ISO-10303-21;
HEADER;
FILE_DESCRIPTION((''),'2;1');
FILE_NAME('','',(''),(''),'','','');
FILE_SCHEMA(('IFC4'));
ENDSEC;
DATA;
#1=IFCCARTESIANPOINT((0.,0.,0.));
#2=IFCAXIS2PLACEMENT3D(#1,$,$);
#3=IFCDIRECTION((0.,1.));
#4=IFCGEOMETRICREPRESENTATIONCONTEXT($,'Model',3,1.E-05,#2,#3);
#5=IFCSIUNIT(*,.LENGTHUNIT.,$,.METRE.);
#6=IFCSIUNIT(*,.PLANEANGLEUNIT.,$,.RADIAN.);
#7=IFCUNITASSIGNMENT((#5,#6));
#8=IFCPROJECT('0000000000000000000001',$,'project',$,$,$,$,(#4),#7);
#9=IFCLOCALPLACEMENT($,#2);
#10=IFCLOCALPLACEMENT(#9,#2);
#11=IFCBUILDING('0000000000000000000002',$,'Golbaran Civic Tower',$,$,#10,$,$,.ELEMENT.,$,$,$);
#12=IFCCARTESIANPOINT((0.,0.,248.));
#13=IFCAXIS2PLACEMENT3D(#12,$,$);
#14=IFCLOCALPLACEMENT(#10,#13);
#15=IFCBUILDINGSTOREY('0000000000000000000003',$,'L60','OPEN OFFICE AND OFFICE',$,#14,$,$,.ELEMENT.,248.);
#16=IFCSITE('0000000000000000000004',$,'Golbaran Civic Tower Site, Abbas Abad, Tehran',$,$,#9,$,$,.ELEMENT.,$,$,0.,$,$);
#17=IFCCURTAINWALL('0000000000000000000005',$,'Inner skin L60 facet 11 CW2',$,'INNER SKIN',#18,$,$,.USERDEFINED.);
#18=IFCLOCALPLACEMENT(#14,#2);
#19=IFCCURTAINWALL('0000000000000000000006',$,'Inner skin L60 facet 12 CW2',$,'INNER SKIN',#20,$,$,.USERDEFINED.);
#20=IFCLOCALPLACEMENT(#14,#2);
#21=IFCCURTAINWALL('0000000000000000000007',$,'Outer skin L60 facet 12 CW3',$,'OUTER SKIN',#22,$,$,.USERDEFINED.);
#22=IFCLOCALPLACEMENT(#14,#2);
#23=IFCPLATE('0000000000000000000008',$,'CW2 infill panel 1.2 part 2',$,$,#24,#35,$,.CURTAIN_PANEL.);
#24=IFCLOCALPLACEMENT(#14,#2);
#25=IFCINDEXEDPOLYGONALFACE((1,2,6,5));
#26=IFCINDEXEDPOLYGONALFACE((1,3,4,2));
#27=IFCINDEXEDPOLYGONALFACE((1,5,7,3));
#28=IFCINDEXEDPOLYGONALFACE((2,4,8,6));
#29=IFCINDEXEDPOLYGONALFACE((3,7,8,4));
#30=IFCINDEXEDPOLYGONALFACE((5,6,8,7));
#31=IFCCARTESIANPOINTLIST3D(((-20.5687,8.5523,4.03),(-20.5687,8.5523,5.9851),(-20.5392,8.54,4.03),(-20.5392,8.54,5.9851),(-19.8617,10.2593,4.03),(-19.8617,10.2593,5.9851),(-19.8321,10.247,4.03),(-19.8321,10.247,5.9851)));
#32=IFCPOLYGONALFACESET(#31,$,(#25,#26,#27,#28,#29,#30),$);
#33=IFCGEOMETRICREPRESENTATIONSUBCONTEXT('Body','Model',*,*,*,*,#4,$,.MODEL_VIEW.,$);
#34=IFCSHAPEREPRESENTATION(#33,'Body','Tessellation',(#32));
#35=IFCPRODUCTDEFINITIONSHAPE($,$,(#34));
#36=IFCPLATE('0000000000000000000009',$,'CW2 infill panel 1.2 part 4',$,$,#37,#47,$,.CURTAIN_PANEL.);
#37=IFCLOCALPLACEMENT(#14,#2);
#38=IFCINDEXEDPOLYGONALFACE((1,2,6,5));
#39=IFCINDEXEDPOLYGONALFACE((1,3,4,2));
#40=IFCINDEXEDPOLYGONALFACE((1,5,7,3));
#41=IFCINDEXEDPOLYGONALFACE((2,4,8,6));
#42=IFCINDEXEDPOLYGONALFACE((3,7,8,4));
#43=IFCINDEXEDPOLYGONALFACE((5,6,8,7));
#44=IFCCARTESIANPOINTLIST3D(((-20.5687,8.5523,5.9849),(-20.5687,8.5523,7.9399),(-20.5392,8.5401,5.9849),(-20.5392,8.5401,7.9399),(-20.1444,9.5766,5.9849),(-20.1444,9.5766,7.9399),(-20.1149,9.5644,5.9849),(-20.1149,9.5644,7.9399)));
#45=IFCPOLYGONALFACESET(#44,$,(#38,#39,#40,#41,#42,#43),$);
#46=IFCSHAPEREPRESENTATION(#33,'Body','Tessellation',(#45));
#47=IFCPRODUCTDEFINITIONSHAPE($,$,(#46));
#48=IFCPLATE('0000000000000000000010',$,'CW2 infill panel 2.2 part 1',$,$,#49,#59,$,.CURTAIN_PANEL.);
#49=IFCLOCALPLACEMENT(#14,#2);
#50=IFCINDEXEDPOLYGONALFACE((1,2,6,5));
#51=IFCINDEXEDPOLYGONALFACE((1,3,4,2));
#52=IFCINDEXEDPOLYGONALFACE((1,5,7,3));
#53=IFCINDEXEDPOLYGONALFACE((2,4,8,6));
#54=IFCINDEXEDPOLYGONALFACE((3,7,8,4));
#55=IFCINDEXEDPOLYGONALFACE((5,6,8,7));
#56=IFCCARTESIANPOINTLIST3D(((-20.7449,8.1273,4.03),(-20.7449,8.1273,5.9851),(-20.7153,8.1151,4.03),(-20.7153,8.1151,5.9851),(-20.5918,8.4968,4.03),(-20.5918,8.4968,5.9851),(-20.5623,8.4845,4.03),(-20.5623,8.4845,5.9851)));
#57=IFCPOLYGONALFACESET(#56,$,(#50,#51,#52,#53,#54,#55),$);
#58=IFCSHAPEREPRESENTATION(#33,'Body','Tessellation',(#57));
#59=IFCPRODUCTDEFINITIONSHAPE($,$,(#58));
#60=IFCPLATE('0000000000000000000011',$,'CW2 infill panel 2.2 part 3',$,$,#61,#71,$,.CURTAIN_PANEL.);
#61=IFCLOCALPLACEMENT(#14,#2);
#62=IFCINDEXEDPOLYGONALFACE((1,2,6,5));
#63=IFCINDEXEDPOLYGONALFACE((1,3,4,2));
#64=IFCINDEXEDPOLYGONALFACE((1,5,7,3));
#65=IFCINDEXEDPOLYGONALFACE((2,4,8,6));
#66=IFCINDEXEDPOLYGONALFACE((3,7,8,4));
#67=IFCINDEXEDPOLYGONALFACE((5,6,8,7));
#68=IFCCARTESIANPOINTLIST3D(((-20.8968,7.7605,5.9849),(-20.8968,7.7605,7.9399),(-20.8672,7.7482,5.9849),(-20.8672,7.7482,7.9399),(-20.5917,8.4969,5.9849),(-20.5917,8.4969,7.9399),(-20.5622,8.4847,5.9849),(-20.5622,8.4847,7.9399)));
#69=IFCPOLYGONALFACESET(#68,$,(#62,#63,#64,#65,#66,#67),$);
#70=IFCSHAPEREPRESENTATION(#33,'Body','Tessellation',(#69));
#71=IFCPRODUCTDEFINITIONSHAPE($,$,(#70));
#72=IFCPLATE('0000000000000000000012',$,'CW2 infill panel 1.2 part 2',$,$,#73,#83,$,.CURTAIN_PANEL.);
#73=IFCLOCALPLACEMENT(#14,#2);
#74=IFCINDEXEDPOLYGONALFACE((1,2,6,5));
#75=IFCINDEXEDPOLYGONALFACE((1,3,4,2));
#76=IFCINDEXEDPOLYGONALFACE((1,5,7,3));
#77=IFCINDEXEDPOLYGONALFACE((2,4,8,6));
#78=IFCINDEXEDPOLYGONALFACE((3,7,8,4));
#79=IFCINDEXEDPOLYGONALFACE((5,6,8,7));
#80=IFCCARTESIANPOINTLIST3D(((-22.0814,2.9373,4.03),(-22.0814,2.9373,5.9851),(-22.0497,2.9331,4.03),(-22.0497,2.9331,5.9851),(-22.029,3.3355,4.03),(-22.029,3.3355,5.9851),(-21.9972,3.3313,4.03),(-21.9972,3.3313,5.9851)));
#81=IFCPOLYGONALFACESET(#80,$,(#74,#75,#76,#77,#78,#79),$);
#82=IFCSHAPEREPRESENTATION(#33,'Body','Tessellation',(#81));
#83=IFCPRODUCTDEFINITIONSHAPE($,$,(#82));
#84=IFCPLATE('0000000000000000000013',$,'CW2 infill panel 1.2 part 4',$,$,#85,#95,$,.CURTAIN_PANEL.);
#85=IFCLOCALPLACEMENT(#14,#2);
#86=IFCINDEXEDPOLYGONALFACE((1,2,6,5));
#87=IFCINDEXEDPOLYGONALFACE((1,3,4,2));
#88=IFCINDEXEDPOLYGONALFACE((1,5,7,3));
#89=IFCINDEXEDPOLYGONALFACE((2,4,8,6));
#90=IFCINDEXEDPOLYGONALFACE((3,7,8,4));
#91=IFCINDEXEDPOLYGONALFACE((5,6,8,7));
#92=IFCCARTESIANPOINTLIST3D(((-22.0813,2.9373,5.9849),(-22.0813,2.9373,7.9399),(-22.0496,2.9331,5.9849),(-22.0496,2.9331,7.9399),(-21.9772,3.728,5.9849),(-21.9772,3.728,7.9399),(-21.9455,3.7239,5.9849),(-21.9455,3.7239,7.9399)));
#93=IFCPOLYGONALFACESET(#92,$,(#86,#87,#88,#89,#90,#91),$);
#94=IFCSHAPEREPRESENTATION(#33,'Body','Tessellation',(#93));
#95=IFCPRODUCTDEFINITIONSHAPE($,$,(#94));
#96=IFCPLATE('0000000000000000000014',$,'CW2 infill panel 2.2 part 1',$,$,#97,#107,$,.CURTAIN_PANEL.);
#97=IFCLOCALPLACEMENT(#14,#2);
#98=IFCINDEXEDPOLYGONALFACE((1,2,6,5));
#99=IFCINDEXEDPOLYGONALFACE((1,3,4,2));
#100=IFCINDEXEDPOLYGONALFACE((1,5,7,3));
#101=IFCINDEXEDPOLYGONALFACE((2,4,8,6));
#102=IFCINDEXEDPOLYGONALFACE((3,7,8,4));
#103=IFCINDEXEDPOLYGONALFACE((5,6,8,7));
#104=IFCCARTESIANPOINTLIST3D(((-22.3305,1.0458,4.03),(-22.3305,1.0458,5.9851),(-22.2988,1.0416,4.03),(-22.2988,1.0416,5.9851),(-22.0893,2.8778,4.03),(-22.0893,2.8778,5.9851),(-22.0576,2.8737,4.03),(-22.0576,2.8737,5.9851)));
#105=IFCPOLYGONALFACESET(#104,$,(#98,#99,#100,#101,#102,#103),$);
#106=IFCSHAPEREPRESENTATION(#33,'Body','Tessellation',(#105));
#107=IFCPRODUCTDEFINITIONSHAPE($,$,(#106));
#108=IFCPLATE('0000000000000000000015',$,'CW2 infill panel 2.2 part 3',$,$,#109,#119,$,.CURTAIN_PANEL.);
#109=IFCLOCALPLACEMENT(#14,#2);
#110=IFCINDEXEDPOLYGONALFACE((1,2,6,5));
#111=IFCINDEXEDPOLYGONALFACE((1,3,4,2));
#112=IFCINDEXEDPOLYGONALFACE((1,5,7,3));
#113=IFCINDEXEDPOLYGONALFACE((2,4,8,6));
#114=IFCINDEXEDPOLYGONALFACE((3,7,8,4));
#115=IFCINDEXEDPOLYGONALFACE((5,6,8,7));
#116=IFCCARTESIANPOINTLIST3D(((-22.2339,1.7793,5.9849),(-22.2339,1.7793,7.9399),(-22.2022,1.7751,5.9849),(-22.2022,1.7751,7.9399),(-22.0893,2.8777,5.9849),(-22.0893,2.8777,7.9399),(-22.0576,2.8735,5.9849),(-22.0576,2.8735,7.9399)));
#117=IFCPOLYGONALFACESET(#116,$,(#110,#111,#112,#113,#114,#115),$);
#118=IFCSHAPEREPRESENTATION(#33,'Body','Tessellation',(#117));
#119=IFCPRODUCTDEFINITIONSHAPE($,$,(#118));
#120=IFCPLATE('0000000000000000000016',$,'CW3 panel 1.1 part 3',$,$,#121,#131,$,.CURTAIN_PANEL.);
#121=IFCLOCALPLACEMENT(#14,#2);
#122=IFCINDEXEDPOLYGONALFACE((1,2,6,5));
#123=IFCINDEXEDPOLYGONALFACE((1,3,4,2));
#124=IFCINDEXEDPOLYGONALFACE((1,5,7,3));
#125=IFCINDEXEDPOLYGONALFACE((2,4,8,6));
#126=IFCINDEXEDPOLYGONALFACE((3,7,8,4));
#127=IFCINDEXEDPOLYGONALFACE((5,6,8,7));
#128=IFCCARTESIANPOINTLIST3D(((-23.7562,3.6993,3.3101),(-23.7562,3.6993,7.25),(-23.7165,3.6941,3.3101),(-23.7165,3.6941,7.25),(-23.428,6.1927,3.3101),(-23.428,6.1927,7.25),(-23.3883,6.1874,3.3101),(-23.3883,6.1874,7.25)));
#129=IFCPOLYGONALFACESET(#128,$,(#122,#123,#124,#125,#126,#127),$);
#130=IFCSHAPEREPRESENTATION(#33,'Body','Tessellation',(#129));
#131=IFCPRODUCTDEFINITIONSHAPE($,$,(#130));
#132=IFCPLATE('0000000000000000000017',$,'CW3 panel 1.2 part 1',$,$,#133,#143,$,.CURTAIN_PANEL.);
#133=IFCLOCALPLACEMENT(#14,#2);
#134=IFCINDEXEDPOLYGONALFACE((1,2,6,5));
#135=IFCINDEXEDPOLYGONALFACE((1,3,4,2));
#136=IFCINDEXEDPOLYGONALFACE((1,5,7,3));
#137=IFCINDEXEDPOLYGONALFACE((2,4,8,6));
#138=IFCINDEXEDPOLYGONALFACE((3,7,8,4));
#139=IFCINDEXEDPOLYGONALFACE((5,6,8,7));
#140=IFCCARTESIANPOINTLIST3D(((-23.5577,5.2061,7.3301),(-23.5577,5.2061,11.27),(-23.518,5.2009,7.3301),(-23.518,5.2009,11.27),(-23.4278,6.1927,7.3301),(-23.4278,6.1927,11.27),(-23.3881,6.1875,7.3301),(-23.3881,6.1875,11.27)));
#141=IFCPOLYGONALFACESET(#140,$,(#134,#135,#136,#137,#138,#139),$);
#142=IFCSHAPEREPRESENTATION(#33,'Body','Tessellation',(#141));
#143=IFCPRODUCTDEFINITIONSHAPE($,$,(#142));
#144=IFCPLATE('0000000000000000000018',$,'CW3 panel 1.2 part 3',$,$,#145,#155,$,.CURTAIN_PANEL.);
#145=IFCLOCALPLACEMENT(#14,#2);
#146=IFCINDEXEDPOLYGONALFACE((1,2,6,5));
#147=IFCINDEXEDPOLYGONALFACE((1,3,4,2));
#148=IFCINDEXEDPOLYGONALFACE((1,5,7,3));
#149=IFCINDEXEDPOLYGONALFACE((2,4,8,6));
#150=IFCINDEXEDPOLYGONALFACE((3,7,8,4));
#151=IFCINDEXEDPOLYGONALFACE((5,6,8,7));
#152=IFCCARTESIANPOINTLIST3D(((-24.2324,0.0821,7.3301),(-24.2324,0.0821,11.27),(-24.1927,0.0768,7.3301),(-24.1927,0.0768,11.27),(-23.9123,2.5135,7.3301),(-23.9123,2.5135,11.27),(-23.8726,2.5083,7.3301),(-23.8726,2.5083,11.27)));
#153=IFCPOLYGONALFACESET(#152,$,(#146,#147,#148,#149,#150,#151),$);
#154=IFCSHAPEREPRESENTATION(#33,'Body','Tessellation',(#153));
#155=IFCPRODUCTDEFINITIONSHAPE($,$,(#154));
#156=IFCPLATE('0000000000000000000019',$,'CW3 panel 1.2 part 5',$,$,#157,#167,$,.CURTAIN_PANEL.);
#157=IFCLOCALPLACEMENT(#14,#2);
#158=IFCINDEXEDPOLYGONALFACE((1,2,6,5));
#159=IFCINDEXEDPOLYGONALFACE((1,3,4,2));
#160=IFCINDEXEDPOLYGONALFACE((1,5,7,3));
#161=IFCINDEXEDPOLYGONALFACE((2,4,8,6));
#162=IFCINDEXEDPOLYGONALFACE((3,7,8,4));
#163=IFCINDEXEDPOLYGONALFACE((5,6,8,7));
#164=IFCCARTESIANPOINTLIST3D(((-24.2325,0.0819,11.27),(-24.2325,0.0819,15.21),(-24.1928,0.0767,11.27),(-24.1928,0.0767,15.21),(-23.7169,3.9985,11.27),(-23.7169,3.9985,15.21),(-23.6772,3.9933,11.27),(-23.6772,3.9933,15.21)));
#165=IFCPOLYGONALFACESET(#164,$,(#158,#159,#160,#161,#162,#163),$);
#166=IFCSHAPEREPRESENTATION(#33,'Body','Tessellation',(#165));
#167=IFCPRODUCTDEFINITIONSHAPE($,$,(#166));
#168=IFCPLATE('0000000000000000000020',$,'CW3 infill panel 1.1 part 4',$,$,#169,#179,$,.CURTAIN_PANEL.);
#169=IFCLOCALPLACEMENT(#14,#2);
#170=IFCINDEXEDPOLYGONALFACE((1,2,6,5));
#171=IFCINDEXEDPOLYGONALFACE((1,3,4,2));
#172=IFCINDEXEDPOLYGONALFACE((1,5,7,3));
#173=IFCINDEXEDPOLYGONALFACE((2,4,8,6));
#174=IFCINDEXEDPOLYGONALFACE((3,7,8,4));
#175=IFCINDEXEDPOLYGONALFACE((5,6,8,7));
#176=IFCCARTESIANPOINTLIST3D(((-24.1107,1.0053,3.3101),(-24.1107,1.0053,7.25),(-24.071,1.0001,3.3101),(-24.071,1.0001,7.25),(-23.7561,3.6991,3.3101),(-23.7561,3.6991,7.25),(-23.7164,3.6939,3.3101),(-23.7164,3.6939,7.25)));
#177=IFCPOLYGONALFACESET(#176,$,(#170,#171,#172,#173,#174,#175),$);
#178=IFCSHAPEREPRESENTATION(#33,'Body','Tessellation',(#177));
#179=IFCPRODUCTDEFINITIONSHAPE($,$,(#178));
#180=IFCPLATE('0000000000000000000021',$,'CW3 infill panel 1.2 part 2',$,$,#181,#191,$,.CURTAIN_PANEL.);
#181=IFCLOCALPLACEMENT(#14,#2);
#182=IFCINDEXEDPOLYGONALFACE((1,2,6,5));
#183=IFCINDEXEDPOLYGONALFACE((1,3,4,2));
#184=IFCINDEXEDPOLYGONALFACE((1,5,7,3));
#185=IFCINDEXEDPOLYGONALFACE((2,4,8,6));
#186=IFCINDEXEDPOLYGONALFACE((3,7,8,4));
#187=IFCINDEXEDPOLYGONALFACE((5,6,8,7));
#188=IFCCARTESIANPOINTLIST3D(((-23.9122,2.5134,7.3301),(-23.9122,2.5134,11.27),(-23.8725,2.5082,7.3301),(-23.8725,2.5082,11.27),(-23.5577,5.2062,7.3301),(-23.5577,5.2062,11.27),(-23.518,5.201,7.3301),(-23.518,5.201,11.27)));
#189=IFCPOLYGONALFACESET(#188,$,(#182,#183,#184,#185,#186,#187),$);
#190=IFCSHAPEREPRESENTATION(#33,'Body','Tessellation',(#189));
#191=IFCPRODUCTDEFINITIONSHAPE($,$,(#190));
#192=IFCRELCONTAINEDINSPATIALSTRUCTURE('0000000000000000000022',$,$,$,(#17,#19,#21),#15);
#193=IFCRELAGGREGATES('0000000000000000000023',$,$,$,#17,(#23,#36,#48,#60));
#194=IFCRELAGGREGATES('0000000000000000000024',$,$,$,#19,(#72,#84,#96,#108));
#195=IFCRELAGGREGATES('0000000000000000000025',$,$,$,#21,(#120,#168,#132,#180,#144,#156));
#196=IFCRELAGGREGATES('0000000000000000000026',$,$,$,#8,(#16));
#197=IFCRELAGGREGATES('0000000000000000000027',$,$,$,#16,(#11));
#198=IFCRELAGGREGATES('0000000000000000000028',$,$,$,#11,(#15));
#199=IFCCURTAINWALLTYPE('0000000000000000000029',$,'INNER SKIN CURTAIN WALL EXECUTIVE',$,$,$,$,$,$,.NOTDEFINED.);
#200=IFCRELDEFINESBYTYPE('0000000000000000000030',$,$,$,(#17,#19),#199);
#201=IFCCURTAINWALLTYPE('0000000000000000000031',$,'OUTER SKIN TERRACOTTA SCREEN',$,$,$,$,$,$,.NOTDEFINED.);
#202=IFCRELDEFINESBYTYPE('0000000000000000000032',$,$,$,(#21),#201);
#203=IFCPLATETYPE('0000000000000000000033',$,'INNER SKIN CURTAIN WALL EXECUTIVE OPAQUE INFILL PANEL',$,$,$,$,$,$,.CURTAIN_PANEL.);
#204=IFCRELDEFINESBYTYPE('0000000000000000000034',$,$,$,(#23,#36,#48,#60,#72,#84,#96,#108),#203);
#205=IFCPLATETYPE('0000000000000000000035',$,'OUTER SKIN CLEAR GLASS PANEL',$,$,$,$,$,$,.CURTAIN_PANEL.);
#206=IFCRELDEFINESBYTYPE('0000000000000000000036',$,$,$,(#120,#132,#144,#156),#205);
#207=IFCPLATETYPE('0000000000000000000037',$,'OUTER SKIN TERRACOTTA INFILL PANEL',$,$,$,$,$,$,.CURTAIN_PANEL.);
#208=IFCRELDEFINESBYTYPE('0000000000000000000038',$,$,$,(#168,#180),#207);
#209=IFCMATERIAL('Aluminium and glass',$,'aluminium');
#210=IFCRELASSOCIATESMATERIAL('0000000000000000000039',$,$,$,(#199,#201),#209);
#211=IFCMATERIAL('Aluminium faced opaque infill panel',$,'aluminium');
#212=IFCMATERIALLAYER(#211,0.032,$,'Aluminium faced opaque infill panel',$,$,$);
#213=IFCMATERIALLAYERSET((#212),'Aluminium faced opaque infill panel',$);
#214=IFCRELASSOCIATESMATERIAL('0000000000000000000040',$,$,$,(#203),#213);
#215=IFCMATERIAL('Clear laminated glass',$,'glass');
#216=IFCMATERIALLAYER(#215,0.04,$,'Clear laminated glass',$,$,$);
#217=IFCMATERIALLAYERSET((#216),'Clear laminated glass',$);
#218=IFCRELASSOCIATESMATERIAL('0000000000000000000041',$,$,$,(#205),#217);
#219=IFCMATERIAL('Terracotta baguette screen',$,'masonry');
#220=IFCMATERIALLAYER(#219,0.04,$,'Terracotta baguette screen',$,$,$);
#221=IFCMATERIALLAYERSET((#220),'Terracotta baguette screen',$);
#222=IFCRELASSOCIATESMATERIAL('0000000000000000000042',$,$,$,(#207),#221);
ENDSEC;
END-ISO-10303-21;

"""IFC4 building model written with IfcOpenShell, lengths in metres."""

from ifc_helpers import new_model, si_unit, direction, frame, origin, origin_2d, place, context, subcontext, project, spatial, rectangle, extrude, material, layer, layer_set, type_object, element, aggregate, save


model = new_model("IFC4")

# Units and contexts
model_context = context("Model", 3, precision=1e-05, world=origin(), true_north=direction((0.0, 1.0)))
body_context = subcontext(model_context, "Body", "Model", "MODEL_VIEW")
ifc_project = project(units=[si_unit("LENGTHUNIT", "METRE"), si_unit("PLANEANGLEUNIT", "RADIAN")], contexts=[model_context])

# Site, building, storey
site_placement = place(None, origin())
site = spatial("IfcSite", under=ifc_project, at=site_placement, Name="Golbaran Civic Tower Site, Abbas Abad, Tehran", CompositionType="ELEMENT", RefElevation=0.0)
building_placement = place(site_placement, origin())
building = spatial("IfcBuilding", under=site, at=building_placement, Name="Golbaran Civic Tower", CompositionType="ELEMENT")
storey_placement = place(building_placement, frame((0.0, 0.0, 248.0)))
storey = spatial("IfcBuildingStorey", under=building, at=storey_placement, Name="L60", Description="OPEN OFFICE AND OFFICE", CompositionType="ELEMENT", Elevation=248.0)

# Curtain walls
ifc_material_1 = material(Name="Aluminium and glass", Category="aluminium")
curtain_wall_type_1 = type_object("IfcCurtainWallType", Name="INNER SKIN CURTAIN WALL EXECUTIVE", PredefinedType="NOTDEFINED", material=ifc_material_1)
curtain_wall_1_placement = place(storey_placement, origin())
curtain_wall_1 = element("IfcCurtainWall", 1, at=curtain_wall_1_placement, inside=storey, type_object=curtain_wall_type_1, Name="Inner skin L60 facet 11 CW2", ObjectType="INNER SKIN", PredefinedType="USERDEFINED")
curtain_wall_2_placement = place(storey_placement, origin())
curtain_wall_2 = element("IfcCurtainWall", 2, at=curtain_wall_2_placement, inside=storey, type_object=curtain_wall_type_1, Name="Inner skin L60 facet 12 CW2", ObjectType="INNER SKIN", PredefinedType="USERDEFINED")
curtain_wall_type_2 = type_object("IfcCurtainWallType", Name="OUTER SKIN TERRACOTTA SCREEN", PredefinedType="NOTDEFINED", material=ifc_material_1)
curtain_wall_3_placement = place(storey_placement, origin())
curtain_wall_3 = element("IfcCurtainWall", 3, at=curtain_wall_3_placement, inside=storey, type_object=curtain_wall_type_2, Name="Outer skin L60 facet 12 CW3", ObjectType="OUTER SKIN", PredefinedType="USERDEFINED")

# Plates
ifc_material_2 = material(Name="Aluminium faced opaque infill panel", Category="aluminium")
ifc_layer_1 = layer(ifc_material_2, 0.032, Name="Aluminium faced opaque infill panel")
ifc_layer_set_1 = layer_set([ifc_layer_1], Name="Aluminium faced opaque infill panel")
plate_type_1 = type_object("IfcPlateType", Name="INNER SKIN CURTAIN WALL EXECUTIVE OPAQUE INFILL PANEL", PredefinedType="CURTAIN_PANEL", material=ifc_layer_set_1)
plate_1_placement = place(storey_placement, frame((-20.2004, 9.3997, 4.03), z_axis=(0.0, 0.0, 1.0), x_axis=(-0.382683, -0.92388, 0.0)))
plate_1 = element("IfcPlate", 4, at=plate_1_placement, type_object=plate_type_1, Name="CW2 infill panel 1.2 part 2", PredefinedType="CURTAIN_PANEL", context=body_context, shape_type="SweptSolid", body=[
    extrude(rectangle(XDim=1.8477, YDim=0.032, at=origin_2d()), origin(), (0.0, 0.0, 1.0), 1.9551),
])
plate_2_placement = place(storey_placement, frame((-20.3418, 9.0583, 5.9849), z_axis=(0.0, 0.0, 1.0), x_axis=(-0.382683, -0.92388, 0.0)))
plate_2 = element("IfcPlate", 5, at=plate_2_placement, type_object=plate_type_1, Name="CW2 infill panel 1.2 part 4", PredefinedType="CURTAIN_PANEL", context=body_context, shape_type="SweptSolid", body=[
    extrude(rectangle(XDim=1.1086, YDim=0.032, at=origin_2d()), origin(), (0.0, 0.0, 1.0), 1.9551),
])
plate_3_placement = place(storey_placement, frame((-20.6536, 8.3059, 4.03), z_axis=(0.0, 0.0, 1.0), x_axis=(-0.382683, -0.92388, 0.0)))
plate_3 = element("IfcPlate", 6, at=plate_3_placement, type_object=plate_type_1, Name="CW2 infill panel 2.2 part 1", PredefinedType="CURTAIN_PANEL", context=body_context, shape_type="SweptSolid", body=[
    extrude(rectangle(XDim=0.3999, YDim=0.032, at=origin_2d()), origin(), (0.0, 0.0, 1.0), 1.9551),
])
plate_4_placement = place(storey_placement, frame((-20.7295, 8.1226, 5.9849), z_axis=(0.0, 0.0, 1.0), x_axis=(-0.382683, -0.92388, 0.0)))
plate_4 = element("IfcPlate", 7, at=plate_4_placement, type_object=plate_type_1, Name="CW2 infill panel 2.2 part 3", PredefinedType="CURTAIN_PANEL", context=body_context, shape_type="SweptSolid", body=[
    extrude(rectangle(XDim=0.7971, YDim=0.032, at=origin_2d()), origin(), (0.0, 0.0, 1.0), 1.9551),
])
aggregate(curtain_wall_1, [plate_1, plate_2, plate_3, plate_4])
plate_5_placement = place(storey_placement, frame((-22.0393, 3.1343, 4.03), z_axis=(0.0, 0.0, 1.0), x_axis=(-0.130526, -0.991445, 0.0)))
plate_5 = element("IfcPlate", 8, at=plate_5_placement, type_object=plate_type_1, Name="CW2 infill panel 1.2 part 2", PredefinedType="CURTAIN_PANEL", context=body_context, shape_type="SweptSolid", body=[
    extrude(rectangle(XDim=0.4016, YDim=0.032, at=origin_2d()), origin(), (0.0, 0.0, 1.0), 1.9551),
])
plate_6_placement = place(storey_placement, frame((-22.0134, 3.3306, 5.9849), z_axis=(0.0, 0.0, 1.0), x_axis=(-0.130526, -0.991445, 0.0)))
plate_6 = element("IfcPlate", 9, at=plate_6_placement, type_object=plate_type_1, Name="CW2 infill panel 1.2 part 4", PredefinedType="CURTAIN_PANEL", context=body_context, shape_type="SweptSolid", body=[
    extrude(rectangle(XDim=0.7976, YDim=0.032, at=origin_2d()), origin(), (0.0, 0.0, 1.0), 1.9551),
])
plate_7_placement = place(storey_placement, frame((-22.1941, 1.9597, 4.03), z_axis=(0.0, 0.0, 1.0), x_axis=(-0.130526, -0.991445, 0.0)))
plate_7 = element("IfcPlate", 10, at=plate_7_placement, type_object=plate_type_1, Name="CW2 infill panel 2.2 part 1", PredefinedType="CURTAIN_PANEL", context=body_context, shape_type="SweptSolid", body=[
    extrude(rectangle(XDim=1.8479, YDim=0.032, at=origin_2d()), origin(), (0.0, 0.0, 1.0), 1.9551),
])
plate_8_placement = place(storey_placement, frame((-22.1458, 2.3264, 5.9849), z_axis=(0.0, 0.0, 1.0), x_axis=(-0.130526, -0.991445, 0.0)))
plate_8 = element("IfcPlate", 11, at=plate_8_placement, type_object=plate_type_1, Name="CW2 infill panel 2.2 part 3", PredefinedType="CURTAIN_PANEL", context=body_context, shape_type="SweptSolid", body=[
    extrude(rectangle(XDim=1.1079, YDim=0.032, at=origin_2d()), origin(), (0.0, 0.0, 1.0), 1.9551),
])
aggregate(curtain_wall_2, [plate_5, plate_6, plate_7, plate_8])
ifc_material_3 = material(Name="Clear laminated glass", Category="glass")
ifc_layer_2 = layer(ifc_material_3, 0.04, Name="Clear laminated glass")
ifc_layer_set_2 = layer_set([ifc_layer_2], Name="Clear laminated glass")
plate_type_2 = type_object("IfcPlateType", Name="OUTER SKIN CLEAR GLASS PANEL", PredefinedType="CURTAIN_PANEL", material=ifc_layer_set_2)
plate_9_placement = place(storey_placement, frame((-23.5723, 4.9434, 3.3101), z_axis=(0.0, 0.0, 1.0), x_axis=(-0.130526, -0.991445, 0.0)))
plate_9 = element("IfcPlate", 12, at=plate_9_placement, type_object=plate_type_2, Name="CW3 panel 1.1 part 3", PredefinedType="CURTAIN_PANEL", context=body_context, shape_type="SweptSolid", body=[
    extrude(rectangle(XDim=2.5149, YDim=0.04, at=origin_2d()), origin(), (0.0, 0.0, 1.0), 3.9399),
])
plate_10_placement = place(storey_placement, frame((-23.4729, 5.6968, 7.3301), z_axis=(0.0, 0.0, 1.0), x_axis=(-0.130526, -0.991445, 0.0)))
plate_10 = element("IfcPlate", 13, at=plate_10_placement, type_object=plate_type_2, Name="CW3 panel 1.2 part 1", PredefinedType="CURTAIN_PANEL", context=body_context, shape_type="SweptSolid", body=[
    extrude(rectangle(XDim=0.9951, YDim=0.04, at=origin_2d()), origin(), (0.0, 0.0, 1.0), 3.9399),
])
plate_11_placement = place(storey_placement, frame((-24.0525, 1.2952, 7.3301), z_axis=(0.0, 0.0, 1.0), x_axis=(-0.130526, -0.991445, 0.0)))
plate_11 = element("IfcPlate", 14, at=plate_11_placement, type_object=plate_type_2, Name="CW3 panel 1.2 part 3", PredefinedType="CURTAIN_PANEL", context=body_context, shape_type="SweptSolid", body=[
    extrude(rectangle(XDim=2.4524, YDim=0.04, at=origin_2d()), origin(), (0.0, 0.0, 1.0), 3.9399),
])
plate_12_placement = place(storey_placement, frame((-23.9548, 2.0376, 11.27), z_axis=(0.0, 0.0, 1.0), x_axis=(-0.130526, -0.991445, 0.0)))
plate_12 = element("IfcPlate", 15, at=plate_12_placement, type_object=plate_type_2, Name="CW3 panel 1.2 part 5", PredefinedType="CURTAIN_PANEL", context=body_context, shape_type="SweptSolid", body=[
    extrude(rectangle(XDim=3.9504, YDim=0.04, at=origin_2d()), origin(), (0.0, 0.0, 1.0), 3.9399),
])
ifc_material_4 = material(Name="Terracotta baguette screen", Category="masonry")
ifc_layer_3 = layer(ifc_material_4, 0.04, Name="Terracotta baguette screen")
ifc_layer_set_3 = layer_set([ifc_layer_3], Name="Terracotta baguette screen")
plate_type_3 = type_object("IfcPlateType", Name="OUTER SKIN TERRACOTTA INFILL PANEL", PredefinedType="CURTAIN_PANEL", material=ifc_layer_set_3)
plate_13_placement = place(storey_placement, frame((-23.9136, 2.3496, 3.3101), z_axis=(0.0, 0.0, 1.0), x_axis=(-0.130526, -0.991445, 0.0)))
plate_13 = element("IfcPlate", 16, at=plate_13_placement, type_object=plate_type_3, Name="CW3 infill panel 1.1 part 4", PredefinedType="CURTAIN_PANEL", context=body_context, shape_type="SweptSolid", body=[
    extrude(rectangle(XDim=2.717, YDim=0.04, at=origin_2d()), origin(), (0.0, 0.0, 1.0), 3.9399),
])
plate_14_placement = place(storey_placement, frame((-23.7151, 3.8572, 7.3301), z_axis=(0.0, 0.0, 1.0), x_axis=(-0.130526, -0.991445, 0.0)))
plate_14 = element("IfcPlate", 17, at=plate_14_placement, type_object=plate_type_3, Name="CW3 infill panel 1.2 part 2", PredefinedType="CURTAIN_PANEL", context=body_context, shape_type="SweptSolid", body=[
    extrude(rectangle(XDim=2.7161, YDim=0.04, at=origin_2d()), origin(), (0.0, 0.0, 1.0), 3.9399),
])
aggregate(curtain_wall_3, [plate_9, plate_13, plate_10, plate_14, plate_11, plate_12])

save(model, "model.ifc")
